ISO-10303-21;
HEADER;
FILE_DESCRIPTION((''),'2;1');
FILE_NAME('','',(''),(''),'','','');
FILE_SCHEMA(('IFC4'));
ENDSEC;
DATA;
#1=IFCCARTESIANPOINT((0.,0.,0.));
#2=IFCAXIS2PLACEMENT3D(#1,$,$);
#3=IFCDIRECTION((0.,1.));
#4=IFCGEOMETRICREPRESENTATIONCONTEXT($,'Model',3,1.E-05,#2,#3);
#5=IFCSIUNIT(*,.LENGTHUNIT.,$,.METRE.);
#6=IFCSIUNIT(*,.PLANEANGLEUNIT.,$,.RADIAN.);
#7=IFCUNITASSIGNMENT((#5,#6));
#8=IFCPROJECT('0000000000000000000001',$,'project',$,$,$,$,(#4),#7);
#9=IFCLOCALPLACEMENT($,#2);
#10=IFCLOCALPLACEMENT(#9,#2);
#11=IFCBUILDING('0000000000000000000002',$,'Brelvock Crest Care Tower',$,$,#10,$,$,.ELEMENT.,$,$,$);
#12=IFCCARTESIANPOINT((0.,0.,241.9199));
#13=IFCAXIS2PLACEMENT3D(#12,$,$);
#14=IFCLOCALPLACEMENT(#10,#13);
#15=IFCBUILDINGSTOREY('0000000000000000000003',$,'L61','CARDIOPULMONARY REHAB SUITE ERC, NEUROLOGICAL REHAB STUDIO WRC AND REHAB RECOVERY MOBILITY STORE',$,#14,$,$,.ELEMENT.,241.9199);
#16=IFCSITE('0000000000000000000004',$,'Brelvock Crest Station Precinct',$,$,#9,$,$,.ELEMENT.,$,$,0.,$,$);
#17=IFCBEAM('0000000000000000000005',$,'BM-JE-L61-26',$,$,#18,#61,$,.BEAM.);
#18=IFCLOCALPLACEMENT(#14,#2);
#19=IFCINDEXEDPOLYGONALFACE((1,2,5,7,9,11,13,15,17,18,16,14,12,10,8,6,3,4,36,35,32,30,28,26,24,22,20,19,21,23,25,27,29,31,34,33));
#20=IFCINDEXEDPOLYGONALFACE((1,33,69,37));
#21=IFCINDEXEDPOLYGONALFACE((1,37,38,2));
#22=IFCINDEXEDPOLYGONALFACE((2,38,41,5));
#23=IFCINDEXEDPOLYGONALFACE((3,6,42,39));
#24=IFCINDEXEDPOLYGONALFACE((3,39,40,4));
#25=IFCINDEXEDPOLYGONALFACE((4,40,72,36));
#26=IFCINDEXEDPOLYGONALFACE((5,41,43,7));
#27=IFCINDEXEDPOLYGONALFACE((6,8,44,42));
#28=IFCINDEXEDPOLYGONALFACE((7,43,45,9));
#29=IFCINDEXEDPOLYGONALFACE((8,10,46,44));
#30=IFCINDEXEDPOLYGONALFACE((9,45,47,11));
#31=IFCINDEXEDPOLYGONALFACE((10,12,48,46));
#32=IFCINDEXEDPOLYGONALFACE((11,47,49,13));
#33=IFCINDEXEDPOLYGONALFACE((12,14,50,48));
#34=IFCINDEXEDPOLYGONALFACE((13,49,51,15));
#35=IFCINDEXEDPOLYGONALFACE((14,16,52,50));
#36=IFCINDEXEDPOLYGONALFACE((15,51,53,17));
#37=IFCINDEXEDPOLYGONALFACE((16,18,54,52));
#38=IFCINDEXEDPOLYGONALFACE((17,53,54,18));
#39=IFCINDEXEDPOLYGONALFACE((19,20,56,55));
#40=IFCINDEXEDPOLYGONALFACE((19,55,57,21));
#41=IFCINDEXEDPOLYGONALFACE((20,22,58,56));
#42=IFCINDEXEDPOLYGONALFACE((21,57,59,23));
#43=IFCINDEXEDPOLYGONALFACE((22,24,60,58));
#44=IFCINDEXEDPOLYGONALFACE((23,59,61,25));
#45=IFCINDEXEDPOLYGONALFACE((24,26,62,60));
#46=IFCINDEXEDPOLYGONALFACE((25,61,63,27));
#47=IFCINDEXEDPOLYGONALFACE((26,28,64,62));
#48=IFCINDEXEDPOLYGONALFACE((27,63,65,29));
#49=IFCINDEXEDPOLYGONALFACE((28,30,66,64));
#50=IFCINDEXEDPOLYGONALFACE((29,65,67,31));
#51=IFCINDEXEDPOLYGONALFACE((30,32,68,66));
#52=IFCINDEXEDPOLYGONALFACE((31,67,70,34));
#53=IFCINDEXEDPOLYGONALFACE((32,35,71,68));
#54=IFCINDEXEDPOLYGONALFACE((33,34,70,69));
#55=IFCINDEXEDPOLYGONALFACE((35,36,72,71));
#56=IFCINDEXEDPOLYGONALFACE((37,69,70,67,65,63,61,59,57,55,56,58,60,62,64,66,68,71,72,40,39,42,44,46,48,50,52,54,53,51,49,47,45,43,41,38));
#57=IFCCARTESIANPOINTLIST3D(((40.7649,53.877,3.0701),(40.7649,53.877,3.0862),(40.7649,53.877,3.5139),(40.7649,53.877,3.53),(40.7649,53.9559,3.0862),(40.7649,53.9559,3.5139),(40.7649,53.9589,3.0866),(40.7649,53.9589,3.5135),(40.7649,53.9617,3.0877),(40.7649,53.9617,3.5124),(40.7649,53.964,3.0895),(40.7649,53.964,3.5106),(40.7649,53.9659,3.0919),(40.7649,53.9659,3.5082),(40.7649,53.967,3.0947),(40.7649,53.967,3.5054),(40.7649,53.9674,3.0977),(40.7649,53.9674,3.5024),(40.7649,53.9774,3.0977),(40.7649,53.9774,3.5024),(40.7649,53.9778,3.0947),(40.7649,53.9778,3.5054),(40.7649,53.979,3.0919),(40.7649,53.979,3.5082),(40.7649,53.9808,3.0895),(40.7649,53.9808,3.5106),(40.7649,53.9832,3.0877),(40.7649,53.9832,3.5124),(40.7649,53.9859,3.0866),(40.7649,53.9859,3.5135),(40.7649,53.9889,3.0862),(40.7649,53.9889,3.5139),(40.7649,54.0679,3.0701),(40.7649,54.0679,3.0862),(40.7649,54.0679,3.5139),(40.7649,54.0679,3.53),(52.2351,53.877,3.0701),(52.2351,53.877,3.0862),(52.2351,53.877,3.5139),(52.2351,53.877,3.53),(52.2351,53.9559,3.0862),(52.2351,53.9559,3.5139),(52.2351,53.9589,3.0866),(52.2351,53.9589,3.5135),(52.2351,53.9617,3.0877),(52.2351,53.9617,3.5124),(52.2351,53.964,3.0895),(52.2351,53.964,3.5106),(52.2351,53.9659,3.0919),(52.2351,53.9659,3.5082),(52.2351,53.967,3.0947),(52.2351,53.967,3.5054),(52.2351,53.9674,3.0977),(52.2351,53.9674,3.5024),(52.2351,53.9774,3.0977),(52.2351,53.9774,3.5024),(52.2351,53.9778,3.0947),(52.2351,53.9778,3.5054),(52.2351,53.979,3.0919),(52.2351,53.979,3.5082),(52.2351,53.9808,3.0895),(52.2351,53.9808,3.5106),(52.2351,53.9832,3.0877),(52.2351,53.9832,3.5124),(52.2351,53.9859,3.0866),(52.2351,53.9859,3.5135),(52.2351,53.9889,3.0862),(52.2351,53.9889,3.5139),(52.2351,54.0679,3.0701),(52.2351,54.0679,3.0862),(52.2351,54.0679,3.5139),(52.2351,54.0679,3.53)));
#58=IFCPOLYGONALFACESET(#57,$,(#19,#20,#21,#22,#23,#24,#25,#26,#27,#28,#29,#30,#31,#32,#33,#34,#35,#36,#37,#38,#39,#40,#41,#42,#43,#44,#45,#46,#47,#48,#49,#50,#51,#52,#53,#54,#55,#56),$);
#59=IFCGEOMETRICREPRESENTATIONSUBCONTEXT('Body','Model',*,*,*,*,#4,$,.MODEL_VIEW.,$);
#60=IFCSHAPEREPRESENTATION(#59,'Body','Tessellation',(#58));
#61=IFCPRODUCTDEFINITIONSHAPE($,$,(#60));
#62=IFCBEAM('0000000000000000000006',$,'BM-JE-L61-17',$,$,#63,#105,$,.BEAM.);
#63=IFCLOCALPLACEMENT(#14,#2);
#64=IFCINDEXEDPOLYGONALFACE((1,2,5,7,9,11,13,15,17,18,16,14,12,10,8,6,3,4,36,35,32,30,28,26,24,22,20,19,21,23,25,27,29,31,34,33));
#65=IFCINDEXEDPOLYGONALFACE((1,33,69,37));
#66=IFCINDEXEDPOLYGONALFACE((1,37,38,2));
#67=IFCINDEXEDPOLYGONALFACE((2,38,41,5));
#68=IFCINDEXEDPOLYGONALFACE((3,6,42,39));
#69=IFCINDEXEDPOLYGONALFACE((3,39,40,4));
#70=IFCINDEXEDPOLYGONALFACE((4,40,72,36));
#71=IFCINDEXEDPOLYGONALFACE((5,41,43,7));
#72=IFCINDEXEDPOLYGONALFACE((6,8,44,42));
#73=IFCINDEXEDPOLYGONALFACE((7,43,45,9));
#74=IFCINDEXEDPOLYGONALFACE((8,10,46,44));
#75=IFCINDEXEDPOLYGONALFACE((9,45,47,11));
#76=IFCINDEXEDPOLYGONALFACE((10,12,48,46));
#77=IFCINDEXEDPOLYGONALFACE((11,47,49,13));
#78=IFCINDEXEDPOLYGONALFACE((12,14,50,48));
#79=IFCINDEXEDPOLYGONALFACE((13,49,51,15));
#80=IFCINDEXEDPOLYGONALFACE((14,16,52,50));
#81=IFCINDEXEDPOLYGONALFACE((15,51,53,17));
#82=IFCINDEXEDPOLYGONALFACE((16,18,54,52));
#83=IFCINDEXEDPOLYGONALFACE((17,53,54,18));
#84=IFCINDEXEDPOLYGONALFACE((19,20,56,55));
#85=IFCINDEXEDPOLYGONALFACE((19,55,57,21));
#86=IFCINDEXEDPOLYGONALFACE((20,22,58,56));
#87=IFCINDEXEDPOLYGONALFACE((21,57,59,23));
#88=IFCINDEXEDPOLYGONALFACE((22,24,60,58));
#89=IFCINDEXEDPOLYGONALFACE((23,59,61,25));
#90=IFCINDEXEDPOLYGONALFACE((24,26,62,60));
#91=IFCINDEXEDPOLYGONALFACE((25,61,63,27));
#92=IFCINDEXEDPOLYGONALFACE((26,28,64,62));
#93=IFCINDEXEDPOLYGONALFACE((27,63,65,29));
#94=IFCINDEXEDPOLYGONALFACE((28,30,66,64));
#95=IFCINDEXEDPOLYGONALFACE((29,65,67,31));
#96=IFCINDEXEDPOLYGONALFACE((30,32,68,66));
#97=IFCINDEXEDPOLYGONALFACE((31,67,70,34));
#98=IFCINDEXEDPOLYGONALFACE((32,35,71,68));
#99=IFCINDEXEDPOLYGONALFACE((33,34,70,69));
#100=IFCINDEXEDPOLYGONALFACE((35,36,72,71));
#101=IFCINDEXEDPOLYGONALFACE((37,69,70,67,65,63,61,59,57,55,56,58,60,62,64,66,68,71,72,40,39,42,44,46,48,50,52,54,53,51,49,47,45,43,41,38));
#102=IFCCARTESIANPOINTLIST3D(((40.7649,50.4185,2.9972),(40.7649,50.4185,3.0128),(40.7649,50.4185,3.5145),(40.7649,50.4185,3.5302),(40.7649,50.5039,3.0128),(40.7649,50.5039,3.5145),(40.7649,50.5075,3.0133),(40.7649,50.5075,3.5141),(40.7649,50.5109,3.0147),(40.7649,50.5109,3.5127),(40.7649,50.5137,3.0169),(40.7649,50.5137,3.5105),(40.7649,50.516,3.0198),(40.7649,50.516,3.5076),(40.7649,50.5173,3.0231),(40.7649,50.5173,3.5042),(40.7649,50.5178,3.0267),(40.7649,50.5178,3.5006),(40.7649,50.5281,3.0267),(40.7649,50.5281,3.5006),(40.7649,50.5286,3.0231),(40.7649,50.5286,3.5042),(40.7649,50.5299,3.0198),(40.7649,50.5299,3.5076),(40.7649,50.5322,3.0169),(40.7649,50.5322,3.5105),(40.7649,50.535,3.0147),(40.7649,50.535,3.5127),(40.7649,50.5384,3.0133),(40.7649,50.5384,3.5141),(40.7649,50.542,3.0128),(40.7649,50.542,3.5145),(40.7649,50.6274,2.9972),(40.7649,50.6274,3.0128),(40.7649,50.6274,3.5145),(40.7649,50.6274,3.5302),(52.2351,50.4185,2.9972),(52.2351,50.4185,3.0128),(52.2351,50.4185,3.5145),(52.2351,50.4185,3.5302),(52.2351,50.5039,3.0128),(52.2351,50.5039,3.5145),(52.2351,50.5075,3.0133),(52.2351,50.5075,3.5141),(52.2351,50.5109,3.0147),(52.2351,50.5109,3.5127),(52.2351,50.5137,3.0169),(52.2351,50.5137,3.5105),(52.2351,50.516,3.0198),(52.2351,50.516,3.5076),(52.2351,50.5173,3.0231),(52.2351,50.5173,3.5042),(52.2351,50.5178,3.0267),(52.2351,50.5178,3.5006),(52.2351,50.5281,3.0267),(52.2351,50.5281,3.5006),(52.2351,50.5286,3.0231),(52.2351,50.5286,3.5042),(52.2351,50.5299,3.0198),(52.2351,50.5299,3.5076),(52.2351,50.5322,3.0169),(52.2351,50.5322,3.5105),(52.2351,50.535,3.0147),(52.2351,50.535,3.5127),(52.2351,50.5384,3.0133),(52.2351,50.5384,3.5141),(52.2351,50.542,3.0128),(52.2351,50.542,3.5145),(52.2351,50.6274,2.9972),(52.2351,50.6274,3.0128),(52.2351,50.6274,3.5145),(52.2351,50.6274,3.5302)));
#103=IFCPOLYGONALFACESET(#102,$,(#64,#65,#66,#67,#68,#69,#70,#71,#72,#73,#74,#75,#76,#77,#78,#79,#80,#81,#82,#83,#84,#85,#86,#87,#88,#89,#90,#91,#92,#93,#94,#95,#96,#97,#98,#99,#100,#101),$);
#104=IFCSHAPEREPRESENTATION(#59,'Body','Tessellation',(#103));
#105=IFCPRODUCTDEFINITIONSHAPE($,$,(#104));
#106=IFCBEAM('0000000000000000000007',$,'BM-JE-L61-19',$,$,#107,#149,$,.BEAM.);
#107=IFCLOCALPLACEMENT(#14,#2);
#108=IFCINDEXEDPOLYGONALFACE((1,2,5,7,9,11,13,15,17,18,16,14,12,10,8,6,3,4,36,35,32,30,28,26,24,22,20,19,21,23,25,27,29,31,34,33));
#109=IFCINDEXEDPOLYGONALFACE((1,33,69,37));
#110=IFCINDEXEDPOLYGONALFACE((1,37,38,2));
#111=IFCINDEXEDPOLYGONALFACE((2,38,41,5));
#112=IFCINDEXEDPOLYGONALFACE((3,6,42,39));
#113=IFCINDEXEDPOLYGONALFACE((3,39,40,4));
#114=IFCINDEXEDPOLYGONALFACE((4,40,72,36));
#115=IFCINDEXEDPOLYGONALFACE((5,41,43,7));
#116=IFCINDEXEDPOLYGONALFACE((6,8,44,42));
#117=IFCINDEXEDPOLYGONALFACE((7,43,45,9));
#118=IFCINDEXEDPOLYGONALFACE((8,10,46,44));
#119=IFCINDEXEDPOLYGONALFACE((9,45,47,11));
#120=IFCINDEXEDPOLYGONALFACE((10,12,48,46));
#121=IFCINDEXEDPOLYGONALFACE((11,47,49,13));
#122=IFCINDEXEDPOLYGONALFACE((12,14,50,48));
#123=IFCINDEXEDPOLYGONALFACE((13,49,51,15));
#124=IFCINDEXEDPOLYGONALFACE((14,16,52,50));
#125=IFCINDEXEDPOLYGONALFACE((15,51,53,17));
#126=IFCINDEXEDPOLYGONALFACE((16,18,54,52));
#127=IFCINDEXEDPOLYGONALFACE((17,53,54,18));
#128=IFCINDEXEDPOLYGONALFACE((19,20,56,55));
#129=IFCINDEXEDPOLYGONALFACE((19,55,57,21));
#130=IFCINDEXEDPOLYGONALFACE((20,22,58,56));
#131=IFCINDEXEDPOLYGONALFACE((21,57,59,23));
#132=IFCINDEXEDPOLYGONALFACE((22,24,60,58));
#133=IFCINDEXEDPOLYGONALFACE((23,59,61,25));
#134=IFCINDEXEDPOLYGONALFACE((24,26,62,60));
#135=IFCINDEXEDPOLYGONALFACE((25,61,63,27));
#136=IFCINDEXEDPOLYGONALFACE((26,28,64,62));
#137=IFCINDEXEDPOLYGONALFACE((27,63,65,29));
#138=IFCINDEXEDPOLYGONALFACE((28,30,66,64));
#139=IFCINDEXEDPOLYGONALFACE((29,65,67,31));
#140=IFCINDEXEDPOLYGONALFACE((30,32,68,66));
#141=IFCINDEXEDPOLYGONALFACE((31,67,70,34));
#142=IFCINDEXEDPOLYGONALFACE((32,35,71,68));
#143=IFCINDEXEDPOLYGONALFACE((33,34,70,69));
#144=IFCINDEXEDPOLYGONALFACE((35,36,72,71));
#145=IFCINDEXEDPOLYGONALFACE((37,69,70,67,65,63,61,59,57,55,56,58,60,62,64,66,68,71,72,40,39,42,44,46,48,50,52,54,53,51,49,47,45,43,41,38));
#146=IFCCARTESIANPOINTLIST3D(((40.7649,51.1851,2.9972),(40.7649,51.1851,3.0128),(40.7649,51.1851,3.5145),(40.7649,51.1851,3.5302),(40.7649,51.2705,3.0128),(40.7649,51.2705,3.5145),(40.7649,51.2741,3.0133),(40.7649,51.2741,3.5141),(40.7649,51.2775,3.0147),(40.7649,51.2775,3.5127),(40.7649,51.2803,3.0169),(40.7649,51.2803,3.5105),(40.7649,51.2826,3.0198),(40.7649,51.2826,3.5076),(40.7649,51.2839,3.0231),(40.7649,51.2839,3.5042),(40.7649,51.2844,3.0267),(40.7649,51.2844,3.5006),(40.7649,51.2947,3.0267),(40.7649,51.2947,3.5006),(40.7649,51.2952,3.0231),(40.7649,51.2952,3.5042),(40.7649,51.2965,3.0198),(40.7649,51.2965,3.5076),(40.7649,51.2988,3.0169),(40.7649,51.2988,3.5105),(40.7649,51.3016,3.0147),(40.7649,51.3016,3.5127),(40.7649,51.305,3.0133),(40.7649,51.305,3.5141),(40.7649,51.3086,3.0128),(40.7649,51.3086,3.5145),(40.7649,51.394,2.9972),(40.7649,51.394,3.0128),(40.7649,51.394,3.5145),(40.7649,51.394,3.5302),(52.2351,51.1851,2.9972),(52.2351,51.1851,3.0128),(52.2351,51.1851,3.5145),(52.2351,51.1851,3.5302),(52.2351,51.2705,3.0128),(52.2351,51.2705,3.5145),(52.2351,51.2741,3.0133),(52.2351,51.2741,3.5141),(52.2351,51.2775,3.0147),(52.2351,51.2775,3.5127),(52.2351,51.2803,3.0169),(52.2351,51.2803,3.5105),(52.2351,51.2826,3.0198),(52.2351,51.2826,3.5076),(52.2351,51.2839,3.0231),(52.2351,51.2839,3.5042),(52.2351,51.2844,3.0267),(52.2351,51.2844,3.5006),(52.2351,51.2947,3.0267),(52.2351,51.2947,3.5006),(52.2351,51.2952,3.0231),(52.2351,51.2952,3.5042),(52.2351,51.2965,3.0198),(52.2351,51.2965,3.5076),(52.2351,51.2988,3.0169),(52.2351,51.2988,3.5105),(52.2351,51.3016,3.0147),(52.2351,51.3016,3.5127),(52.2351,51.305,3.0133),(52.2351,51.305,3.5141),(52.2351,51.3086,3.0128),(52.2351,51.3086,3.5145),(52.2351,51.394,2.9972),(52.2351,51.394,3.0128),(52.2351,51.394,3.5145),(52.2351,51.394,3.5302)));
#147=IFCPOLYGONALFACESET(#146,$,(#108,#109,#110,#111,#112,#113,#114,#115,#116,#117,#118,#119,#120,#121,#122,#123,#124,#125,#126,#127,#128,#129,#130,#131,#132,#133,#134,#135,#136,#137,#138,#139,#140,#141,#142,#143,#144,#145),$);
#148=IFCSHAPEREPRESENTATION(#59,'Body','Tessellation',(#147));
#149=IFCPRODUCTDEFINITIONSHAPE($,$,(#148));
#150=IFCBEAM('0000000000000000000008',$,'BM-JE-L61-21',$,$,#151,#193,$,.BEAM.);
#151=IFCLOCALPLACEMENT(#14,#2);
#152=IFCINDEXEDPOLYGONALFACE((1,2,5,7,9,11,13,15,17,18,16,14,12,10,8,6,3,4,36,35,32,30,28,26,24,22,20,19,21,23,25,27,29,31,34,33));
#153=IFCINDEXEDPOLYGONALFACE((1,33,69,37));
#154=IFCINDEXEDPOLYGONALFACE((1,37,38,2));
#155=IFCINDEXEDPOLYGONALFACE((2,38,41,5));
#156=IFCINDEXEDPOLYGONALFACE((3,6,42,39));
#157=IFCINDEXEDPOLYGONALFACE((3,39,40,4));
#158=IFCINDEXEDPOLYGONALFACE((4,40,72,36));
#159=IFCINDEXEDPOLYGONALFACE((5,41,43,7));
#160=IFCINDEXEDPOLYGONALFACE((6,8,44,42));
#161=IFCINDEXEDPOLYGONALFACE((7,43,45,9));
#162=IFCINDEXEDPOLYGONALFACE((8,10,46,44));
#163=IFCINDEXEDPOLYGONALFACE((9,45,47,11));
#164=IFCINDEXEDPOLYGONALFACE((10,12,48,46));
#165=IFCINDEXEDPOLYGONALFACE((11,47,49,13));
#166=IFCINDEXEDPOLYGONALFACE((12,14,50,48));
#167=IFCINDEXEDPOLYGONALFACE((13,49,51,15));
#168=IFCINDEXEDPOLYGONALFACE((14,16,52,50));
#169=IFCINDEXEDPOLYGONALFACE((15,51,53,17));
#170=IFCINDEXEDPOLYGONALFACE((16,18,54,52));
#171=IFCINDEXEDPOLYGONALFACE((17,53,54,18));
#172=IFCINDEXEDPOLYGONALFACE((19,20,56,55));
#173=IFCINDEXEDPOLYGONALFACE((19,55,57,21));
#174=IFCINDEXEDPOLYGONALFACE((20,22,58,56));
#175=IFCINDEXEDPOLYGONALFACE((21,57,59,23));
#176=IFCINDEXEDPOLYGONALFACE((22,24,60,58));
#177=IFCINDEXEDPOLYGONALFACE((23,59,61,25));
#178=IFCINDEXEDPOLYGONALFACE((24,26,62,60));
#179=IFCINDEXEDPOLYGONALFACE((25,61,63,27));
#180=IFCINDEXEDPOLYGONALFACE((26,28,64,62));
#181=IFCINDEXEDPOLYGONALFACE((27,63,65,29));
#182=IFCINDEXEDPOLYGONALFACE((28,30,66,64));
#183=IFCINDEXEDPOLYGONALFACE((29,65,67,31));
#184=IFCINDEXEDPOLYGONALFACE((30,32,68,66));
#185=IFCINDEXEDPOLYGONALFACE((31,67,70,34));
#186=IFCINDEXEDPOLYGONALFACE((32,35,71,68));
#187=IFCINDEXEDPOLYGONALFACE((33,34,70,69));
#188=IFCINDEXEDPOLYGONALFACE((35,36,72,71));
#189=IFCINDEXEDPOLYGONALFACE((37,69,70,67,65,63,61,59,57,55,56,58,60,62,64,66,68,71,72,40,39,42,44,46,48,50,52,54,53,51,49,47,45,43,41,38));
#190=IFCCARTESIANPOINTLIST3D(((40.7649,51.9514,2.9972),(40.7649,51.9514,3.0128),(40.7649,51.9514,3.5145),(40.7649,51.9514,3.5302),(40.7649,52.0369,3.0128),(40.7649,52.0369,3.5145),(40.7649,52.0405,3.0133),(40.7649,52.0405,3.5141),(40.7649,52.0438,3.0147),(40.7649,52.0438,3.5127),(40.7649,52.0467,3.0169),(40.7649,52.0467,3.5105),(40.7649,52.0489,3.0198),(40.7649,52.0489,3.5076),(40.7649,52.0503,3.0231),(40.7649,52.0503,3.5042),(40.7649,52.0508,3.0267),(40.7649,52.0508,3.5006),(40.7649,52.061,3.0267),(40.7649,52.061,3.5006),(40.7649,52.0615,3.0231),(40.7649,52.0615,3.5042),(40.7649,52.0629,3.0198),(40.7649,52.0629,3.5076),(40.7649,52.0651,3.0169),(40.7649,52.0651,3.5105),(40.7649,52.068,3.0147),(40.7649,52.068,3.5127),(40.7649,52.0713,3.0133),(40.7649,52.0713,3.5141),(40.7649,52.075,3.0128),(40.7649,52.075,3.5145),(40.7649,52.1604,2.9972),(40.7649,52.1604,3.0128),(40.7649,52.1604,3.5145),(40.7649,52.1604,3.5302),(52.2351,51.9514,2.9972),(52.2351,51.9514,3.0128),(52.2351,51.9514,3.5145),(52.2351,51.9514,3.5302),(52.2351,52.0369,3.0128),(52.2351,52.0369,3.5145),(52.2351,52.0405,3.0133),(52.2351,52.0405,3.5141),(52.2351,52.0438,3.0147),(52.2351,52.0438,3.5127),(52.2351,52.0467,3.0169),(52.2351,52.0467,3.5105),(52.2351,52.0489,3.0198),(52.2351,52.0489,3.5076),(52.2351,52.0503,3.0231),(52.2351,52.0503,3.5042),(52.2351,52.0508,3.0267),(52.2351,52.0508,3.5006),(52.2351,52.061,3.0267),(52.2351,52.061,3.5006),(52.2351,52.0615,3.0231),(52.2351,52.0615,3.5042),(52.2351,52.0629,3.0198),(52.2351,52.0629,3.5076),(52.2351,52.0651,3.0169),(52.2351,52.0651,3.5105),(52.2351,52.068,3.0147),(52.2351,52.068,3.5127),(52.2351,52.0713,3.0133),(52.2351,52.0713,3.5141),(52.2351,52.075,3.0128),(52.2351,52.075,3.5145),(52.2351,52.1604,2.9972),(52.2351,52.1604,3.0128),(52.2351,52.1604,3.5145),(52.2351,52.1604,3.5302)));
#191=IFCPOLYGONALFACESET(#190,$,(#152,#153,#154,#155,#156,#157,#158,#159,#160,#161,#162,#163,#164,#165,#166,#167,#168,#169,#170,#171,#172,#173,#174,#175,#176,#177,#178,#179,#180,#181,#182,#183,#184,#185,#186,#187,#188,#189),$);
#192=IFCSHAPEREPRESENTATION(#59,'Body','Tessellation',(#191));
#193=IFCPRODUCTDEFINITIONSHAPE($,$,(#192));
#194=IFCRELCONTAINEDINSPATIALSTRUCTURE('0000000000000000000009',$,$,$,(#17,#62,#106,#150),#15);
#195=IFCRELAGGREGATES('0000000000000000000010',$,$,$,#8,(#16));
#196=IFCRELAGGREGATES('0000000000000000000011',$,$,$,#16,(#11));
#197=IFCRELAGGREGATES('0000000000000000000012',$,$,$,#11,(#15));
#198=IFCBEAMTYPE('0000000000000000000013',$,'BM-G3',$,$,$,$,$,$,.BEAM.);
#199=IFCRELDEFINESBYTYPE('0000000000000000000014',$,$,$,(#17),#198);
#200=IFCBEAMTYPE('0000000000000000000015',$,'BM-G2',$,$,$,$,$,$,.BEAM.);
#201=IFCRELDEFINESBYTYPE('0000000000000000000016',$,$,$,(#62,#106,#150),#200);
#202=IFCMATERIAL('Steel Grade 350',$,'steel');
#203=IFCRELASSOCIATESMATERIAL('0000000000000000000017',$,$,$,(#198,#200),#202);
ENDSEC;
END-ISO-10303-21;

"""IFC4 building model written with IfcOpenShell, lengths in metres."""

from ifc_helpers import new_model, si_unit, direction, frame, origin, origin_2d, place, context, subcontext, project, spatial, i_section, extrude, source, transform, mapped, material, material_profile, profile_set, type_object, element, save


model = new_model("IFC4")

# Units and contexts
model_context = context("Model", 3, precision=1e-05, world=origin(), true_north=direction((0.0, 1.0)))
body_context = subcontext(model_context, "Body", "Model", "MODEL_VIEW")
ifc_project = project(units=[si_unit("LENGTHUNIT", "METRE"), si_unit("PLANEANGLEUNIT", "RADIAN")], contexts=[model_context])

# Site, building, storey
site_placement = place(None, origin())
site = spatial("IfcSite", under=ifc_project, at=site_placement, Name="Brelvock Crest Station Precinct", CompositionType="ELEMENT", RefElevation=0.0)
building_placement = place(site_placement, origin())
building = spatial("IfcBuilding", under=site, at=building_placement, Name="Brelvock Crest Care Tower", CompositionType="ELEMENT")
storey_placement = place(building_placement, frame((0.0, 0.0, 241.9199)))
storey = spatial("IfcBuildingStorey", under=building, at=storey_placement, Name="L61", Description="CARDIOPULMONARY REHAB SUITE ERC, NEUROLOGICAL REHAB STUDIO WRC AND REHAB RECOVERY MOBILITY STORE", CompositionType="ELEMENT", Elevation=241.9199)

# Beams
ifc_material_1 = material(Name="Steel Grade 350", Category="steel")
ifc_material_profile_1 = material_profile(ifc_material_1, i_section(OverallWidth=0.1909, OverallDepth=0.46, WebThickness=0.01, FlangeThickness=0.0161, FilletRadius=0.0115, at=origin_2d()), Name="460UB82.1")
ifc_profile_set_1 = profile_set([ifc_material_profile_1], Name="Steel Grade 350")
beam_type_1 = type_object("IfcBeamType", Name="BM-G3", PredefinedType="BEAM", material=ifc_profile_set_1)
shared_shape_1 = source(origin(), body_context, "Body", "SweptSolid", [
    extrude(i_section(OverallWidth=0.1909, OverallDepth=0.46, WebThickness=0.01, FlangeThickness=0.0161, FilletRadius=0.0115, at=origin_2d()), origin(), (0.0, 0.0, 1.0), 11.4702),
])
for number, where, z_axis, x_axis, name in (
    (1, (40.7649, 53.9724, 3.3), (1.0, 0.0, 0.0), (0.0, 1.0, 0.0), "BM-JE-L61-26"),
):
    element("IfcBeam", number, at=place(storey_placement, frame(where, z_axis=z_axis, x_axis=x_axis)), inside=storey, type_object=beam_type_1, Name=name, PredefinedType="BEAM", context=body_context, shape_type="MappedRepresentation", body=[
        mapped(shared_shape_1, transform((0.0, 0.0, 0.0), x_axis=(1.0, 0.0, 0.0), y_axis=(0.0, 1.0, 0.0), z_axis=(0.0, 0.0, 1.0), scale=1.0)),
    ])
ifc_material_profile_2 = material_profile(ifc_material_1, i_section(OverallWidth=0.209, OverallDepth=0.533, WebThickness=0.0103, FlangeThickness=0.0156, FilletRadius=0.0139, at=origin_2d()), Name="530UB92.4")
ifc_profile_set_2 = profile_set([ifc_material_profile_2], Name="Steel Grade 350")
beam_type_2 = type_object("IfcBeamType", Name="BM-G2", PredefinedType="BEAM", material=ifc_profile_set_2)
shared_shape_2 = source(origin(), body_context, "Body", "SweptSolid", [
    extrude(i_section(OverallWidth=0.209, OverallDepth=0.533, WebThickness=0.0103, FlangeThickness=0.0156, FilletRadius=0.0139, at=origin_2d()), origin(), (0.0, 0.0, 1.0), 11.4702),
])
for number, where, z_axis, x_axis, name in (
    (2, (40.7649, 50.5229, 3.2637), (1.0, 0.0, 0.0), (0.0, 1.0, 0.0), "BM-JE-L61-17"),
    (3, (40.7649, 51.2896, 3.2637), (1.0, 0.0, 0.0), (0.0, 1.0, 0.0), "BM-JE-L61-19"),
    (4, (40.7649, 52.0559, 3.2637), (1.0, 0.0, 0.0), (0.0, 1.0, 0.0), "BM-JE-L61-21"),
):
    element("IfcBeam", number, at=place(storey_placement, frame(where, z_axis=z_axis, x_axis=x_axis)), inside=storey, type_object=beam_type_2, Name=name, PredefinedType="BEAM", context=body_context, shape_type="MappedRepresentation", body=[
        mapped(shared_shape_2, transform((0.0, 0.0, 0.0), x_axis=(1.0, 0.0, 0.0), y_axis=(0.0, 1.0, 0.0), z_axis=(0.0, 0.0, 1.0), scale=1.0)),
    ])

save(model, "model.ifc")
